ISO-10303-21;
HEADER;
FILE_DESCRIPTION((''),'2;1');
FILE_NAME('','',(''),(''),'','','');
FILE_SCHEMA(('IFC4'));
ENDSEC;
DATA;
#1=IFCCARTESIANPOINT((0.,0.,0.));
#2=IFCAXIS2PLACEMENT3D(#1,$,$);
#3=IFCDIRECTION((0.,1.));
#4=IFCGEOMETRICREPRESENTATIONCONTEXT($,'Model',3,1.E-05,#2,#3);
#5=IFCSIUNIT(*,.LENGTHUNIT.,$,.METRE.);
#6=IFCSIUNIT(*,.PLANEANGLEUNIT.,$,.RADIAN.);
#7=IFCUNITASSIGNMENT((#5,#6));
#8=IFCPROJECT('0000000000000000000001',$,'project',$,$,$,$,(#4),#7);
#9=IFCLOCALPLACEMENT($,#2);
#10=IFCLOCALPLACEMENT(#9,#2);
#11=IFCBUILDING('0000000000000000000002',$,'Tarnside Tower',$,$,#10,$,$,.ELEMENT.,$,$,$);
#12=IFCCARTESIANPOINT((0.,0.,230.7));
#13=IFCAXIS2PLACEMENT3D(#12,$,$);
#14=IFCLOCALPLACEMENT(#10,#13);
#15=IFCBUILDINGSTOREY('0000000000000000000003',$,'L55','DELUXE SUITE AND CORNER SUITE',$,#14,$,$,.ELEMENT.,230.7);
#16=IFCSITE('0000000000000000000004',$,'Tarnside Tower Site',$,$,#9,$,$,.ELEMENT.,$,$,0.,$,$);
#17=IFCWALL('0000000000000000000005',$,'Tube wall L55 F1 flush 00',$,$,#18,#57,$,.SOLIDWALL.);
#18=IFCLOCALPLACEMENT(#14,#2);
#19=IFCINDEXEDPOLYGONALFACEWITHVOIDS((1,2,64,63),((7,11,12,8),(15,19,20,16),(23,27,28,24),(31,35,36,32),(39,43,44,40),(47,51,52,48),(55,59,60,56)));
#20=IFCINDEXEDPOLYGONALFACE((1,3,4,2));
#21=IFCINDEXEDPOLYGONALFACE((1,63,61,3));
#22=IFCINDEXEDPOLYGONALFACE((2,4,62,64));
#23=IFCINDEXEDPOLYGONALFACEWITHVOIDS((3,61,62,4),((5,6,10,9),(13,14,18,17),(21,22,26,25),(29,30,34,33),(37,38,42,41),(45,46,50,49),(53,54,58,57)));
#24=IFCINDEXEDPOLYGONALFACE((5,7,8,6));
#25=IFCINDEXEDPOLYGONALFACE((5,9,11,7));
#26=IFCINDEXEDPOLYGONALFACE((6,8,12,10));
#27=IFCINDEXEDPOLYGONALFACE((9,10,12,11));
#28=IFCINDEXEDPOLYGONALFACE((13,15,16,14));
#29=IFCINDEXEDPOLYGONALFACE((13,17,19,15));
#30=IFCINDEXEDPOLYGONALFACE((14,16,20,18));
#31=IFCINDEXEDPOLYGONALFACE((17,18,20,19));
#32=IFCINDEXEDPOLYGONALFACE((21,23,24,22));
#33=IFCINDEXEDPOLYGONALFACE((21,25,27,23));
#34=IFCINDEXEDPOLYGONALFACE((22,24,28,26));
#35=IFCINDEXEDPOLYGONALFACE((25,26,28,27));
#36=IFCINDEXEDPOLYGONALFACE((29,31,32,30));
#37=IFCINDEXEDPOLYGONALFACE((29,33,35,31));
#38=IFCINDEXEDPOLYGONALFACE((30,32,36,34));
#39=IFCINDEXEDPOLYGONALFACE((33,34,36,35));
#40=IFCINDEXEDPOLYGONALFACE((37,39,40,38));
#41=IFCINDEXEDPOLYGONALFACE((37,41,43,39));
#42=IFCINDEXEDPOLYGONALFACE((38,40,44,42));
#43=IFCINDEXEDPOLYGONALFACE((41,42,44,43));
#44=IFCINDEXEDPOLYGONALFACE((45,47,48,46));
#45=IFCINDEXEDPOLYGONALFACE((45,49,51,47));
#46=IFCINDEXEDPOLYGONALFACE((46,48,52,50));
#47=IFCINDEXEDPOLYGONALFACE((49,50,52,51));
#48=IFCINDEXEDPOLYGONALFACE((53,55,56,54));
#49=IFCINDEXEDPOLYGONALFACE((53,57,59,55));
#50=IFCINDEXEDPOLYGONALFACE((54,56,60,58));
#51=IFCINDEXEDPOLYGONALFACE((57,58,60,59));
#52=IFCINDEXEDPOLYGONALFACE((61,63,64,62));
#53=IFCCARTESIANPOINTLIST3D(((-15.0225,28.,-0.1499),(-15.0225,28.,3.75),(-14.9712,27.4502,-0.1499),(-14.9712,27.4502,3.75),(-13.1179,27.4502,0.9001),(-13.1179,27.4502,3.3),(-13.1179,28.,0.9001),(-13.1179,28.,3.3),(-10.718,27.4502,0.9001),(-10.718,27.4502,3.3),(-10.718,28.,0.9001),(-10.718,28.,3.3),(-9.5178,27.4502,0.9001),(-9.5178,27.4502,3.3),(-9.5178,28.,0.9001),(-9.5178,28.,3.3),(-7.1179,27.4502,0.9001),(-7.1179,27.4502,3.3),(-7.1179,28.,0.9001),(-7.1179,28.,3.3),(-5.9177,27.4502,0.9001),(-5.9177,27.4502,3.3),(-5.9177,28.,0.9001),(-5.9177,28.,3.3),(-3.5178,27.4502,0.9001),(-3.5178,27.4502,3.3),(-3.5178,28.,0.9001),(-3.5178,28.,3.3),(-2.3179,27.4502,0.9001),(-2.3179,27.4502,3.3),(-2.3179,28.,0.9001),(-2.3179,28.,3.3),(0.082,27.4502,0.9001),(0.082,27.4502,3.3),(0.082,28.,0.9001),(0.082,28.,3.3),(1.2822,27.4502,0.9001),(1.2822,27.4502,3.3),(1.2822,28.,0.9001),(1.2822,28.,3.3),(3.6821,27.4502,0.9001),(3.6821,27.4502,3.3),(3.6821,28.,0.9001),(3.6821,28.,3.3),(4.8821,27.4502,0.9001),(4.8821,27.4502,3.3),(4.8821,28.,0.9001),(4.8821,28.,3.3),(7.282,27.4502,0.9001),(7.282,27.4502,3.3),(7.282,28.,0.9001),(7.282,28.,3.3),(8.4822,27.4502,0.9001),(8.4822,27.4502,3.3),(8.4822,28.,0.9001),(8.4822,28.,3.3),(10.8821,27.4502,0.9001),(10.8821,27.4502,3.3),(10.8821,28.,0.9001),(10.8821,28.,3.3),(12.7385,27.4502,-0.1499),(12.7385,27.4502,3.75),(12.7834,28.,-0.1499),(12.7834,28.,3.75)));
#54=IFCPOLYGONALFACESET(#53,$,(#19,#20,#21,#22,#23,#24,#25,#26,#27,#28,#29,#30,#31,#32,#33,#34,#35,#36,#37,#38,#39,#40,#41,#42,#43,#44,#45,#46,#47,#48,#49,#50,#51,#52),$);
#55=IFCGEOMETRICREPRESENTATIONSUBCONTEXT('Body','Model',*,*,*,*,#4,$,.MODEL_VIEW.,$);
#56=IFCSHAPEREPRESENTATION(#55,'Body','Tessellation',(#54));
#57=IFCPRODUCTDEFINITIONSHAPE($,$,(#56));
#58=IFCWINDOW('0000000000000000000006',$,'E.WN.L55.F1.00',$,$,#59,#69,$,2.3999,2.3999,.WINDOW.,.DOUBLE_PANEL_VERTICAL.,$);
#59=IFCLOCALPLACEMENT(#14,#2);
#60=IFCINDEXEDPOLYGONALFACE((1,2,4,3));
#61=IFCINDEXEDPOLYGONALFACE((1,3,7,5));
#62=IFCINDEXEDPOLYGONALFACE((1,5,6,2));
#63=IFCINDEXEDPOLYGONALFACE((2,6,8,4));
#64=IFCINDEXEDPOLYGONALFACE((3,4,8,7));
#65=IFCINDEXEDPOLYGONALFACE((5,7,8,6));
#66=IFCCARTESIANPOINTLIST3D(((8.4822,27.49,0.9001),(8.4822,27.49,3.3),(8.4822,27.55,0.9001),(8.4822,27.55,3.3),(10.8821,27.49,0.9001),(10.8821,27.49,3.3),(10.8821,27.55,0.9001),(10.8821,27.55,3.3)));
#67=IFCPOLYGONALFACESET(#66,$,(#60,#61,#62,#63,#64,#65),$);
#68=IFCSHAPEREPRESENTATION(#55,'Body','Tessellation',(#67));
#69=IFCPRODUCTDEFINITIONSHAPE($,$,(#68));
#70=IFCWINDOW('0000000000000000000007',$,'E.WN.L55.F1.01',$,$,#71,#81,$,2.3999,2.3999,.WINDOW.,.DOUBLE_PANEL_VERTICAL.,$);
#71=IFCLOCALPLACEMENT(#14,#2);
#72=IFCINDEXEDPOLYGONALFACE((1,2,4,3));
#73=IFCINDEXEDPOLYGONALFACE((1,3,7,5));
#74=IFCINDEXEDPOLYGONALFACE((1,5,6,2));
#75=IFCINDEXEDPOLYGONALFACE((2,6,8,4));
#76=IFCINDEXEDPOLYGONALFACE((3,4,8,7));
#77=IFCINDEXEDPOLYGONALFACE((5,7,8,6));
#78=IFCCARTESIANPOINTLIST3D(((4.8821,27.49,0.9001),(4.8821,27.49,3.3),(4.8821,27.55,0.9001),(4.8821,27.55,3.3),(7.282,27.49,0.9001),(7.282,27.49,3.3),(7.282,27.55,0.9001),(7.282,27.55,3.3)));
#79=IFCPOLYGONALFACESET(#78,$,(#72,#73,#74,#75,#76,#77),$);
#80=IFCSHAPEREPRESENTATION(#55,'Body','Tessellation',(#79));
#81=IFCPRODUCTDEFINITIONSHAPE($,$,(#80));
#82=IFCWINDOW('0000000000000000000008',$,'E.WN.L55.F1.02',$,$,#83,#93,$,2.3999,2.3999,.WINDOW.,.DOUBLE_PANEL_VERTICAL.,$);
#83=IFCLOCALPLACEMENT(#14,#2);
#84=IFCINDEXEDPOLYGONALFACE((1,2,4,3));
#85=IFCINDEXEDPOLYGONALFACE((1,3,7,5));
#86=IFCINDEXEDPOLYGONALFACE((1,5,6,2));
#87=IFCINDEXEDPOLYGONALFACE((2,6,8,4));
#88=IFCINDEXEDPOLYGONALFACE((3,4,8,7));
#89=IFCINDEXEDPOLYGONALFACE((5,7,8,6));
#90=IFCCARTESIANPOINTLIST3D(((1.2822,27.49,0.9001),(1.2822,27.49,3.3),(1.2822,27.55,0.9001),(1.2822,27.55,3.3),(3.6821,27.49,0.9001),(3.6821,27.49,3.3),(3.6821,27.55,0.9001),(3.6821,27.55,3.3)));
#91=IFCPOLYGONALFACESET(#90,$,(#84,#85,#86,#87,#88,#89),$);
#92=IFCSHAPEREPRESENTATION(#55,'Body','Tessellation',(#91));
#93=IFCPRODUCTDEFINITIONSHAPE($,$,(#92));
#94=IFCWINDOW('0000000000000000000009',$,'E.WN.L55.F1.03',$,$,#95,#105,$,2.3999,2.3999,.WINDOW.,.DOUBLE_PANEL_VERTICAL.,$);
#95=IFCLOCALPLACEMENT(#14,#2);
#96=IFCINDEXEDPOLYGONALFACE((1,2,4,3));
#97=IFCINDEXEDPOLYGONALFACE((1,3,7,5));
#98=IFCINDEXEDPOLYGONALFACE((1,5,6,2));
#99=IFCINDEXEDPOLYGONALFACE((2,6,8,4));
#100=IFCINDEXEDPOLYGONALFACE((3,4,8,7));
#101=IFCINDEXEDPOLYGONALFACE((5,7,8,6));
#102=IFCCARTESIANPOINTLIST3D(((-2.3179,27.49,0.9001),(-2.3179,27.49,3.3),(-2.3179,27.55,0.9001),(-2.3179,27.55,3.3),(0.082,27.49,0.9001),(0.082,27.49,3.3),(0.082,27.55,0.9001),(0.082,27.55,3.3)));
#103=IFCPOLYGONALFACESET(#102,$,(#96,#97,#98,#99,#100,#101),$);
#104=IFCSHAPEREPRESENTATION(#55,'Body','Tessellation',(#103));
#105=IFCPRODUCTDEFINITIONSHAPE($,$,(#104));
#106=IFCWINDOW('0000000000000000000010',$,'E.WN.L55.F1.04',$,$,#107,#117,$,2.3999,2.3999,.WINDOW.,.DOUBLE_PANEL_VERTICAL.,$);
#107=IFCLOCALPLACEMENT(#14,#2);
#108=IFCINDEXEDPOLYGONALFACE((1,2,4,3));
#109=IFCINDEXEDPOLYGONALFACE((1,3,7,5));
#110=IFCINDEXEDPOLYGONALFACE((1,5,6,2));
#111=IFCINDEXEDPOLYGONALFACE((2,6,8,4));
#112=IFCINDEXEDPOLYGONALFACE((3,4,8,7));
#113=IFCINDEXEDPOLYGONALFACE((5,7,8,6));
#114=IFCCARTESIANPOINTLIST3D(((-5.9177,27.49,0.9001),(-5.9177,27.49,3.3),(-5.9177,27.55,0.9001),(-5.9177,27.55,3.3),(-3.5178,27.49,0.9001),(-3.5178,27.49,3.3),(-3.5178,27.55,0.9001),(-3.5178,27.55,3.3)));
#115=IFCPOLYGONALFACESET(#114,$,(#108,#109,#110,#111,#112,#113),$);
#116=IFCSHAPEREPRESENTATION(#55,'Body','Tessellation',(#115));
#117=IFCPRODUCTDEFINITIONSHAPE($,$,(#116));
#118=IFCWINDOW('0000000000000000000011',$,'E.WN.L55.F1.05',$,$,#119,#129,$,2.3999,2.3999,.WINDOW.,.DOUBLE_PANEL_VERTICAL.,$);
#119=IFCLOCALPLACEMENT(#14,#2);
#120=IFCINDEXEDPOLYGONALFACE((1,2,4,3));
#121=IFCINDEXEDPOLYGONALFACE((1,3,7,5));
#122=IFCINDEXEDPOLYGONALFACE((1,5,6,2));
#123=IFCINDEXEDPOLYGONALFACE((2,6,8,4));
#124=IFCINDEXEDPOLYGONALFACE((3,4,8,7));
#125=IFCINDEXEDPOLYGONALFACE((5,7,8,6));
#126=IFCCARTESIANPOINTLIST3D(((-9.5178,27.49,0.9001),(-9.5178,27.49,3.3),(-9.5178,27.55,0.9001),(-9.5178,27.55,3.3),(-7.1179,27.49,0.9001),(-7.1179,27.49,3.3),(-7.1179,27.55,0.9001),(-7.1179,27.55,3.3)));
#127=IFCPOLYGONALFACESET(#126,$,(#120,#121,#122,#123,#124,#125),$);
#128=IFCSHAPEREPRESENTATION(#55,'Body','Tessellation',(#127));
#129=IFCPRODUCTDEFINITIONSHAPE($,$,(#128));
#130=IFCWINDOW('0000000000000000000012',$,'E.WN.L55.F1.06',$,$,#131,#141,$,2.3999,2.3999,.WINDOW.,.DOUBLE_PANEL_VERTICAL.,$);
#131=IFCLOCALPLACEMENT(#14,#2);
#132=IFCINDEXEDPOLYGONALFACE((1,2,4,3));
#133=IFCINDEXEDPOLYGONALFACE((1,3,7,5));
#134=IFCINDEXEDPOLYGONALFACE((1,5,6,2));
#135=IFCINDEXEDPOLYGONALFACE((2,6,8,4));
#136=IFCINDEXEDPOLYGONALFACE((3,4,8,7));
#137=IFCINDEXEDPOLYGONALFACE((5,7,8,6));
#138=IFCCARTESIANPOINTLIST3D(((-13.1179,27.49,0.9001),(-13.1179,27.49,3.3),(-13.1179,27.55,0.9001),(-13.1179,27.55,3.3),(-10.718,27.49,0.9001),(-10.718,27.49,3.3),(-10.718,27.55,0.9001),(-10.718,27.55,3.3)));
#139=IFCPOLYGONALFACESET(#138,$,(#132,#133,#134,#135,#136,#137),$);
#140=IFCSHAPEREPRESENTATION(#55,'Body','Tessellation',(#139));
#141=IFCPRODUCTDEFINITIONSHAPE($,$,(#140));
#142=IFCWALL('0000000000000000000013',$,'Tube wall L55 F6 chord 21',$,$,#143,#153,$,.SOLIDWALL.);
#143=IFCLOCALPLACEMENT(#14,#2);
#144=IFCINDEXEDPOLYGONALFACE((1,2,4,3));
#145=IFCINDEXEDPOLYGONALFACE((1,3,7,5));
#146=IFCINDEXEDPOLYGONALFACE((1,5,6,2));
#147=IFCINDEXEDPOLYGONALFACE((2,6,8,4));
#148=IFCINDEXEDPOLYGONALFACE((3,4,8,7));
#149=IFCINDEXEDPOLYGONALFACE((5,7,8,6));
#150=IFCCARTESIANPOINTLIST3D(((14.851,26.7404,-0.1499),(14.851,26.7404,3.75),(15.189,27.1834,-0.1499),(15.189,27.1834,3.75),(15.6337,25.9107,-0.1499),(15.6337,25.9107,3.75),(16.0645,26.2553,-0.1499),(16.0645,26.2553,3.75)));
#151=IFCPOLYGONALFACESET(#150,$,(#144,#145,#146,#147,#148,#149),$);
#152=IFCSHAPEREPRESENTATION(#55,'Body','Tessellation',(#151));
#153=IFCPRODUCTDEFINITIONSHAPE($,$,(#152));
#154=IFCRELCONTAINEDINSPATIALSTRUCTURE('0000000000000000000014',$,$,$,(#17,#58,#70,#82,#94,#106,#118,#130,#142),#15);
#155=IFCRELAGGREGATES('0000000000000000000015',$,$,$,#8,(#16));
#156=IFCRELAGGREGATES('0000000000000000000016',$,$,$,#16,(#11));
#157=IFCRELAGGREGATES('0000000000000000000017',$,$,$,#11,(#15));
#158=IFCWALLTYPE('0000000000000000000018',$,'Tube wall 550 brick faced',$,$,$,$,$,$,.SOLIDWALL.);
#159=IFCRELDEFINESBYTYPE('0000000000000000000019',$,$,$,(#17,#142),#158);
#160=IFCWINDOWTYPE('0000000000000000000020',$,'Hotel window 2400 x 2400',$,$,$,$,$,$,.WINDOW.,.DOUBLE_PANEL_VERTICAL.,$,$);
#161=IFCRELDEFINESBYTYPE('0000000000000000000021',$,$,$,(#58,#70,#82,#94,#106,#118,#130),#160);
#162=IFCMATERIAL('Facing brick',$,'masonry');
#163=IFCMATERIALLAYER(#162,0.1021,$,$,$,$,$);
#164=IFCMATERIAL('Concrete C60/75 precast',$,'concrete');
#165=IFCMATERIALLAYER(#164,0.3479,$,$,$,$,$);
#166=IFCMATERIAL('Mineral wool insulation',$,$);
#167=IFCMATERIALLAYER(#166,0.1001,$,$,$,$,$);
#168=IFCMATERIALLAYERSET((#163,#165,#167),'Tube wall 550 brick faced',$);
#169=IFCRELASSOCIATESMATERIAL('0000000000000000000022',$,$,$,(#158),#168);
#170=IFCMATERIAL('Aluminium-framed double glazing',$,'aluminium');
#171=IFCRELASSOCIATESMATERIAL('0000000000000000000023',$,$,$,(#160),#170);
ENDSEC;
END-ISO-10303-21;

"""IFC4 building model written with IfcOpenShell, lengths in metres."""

from ifc_helpers import new_model, si_unit, direction, frame, frame_2d, origin, place, context, subcontext, project, spatial, polyline, rectangle, outline, extrude, material, layer, layer_set, type_object, element, fill, save


model = new_model("IFC4")

# Units and contexts
model_context = context("Model", 3, precision=1e-05, world=origin(), true_north=direction((0.0, 1.0)))
body_context = subcontext(model_context, "Body", "Model", "MODEL_VIEW")
ifc_project = project(units=[si_unit("LENGTHUNIT", "METRE"), si_unit("PLANEANGLEUNIT", "RADIAN")], contexts=[model_context])

# Site, building, storey
site_placement = place(None, origin())
site = spatial("IfcSite", under=ifc_project, at=site_placement, Name="Tarnside Tower Site", CompositionType="ELEMENT", RefElevation=0.0)
building_placement = place(site_placement, origin())
building = spatial("IfcBuilding", under=site, at=building_placement, Name="Tarnside Tower", CompositionType="ELEMENT")
storey_placement = place(building_placement, frame((0.0, 0.0, 230.7)))
storey = spatial("IfcBuildingStorey", under=building, at=storey_placement, Name="L55", Description="DELUXE SUITE AND CORNER SUITE", CompositionType="ELEMENT", Elevation=230.7)

# Wall, openings, windows
ifc_material_1 = material(Name="Facing brick", Category="masonry")
ifc_layer_1 = layer(ifc_material_1, 0.1021)
ifc_material_2 = material(Name="Concrete C60/75 precast", Category="concrete")
ifc_layer_2 = layer(ifc_material_2, 0.3479)
ifc_material_3 = material(Name="Mineral wool insulation")
ifc_layer_3 = layer(ifc_material_3, 0.1001)
ifc_layer_set_1 = layer_set([ifc_layer_1, ifc_layer_2, ifc_layer_3], Name="Tube wall 550 brick faced")
wall_type_1 = type_object("IfcWallType", Name="Tube wall 550 brick faced", PredefinedType="SOLIDWALL", material=ifc_layer_set_1)
wall_1_placement = place(storey_placement, frame((12.761, 27.7251, -0.1499), z_axis=(0.0, 0.0, 1.0), x_axis=(-1.0, 0.0, 0.0)))
wall_1 = element("IfcWall", 1, at=wall_1_placement, inside=storey, type_object=wall_type_1, Name="Tube wall L55 F1 flush 00", PredefinedType="SOLIDWALL", context=body_context, shape_type="SweptSolid", body=[
    extrude(outline(polyline([(-0.0225, -0.2749), (27.7834, -0.2749), (27.7322, 0.2749), (0.0225, 0.2749), (-0.0225, -0.2749)])), origin(), (0.0, 0.0, 1.0), 3.8999),
])
opening_1_placement = place(wall_1_placement, frame((1.8789, 0.0, 1.05)))
opening_1 = element("IfcOpeningElement", 2, at=opening_1_placement, cuts=wall_1, PredefinedType="OPENING", context=body_context, shape_type="SweptSolid", body=[
    extrude(rectangle(XDim=2.3999, YDim=2.3999, at=frame_2d((1.2, 1.2))), frame((0.0, 0.2852, 0.0), z_axis=(0.0, -1.0, 0.0), x_axis=(1.0, 0.0, 0.0)), (0.0, 0.0, 1.0), 0.5701),
])
opening_2_placement = place(wall_1_placement, frame((5.479, 0.0, 1.05)))
opening_2 = element("IfcOpeningElement", 3, at=opening_2_placement, cuts=wall_1, PredefinedType="OPENING", context=body_context, shape_type="SweptSolid", body=[
    extrude(rectangle(XDim=2.3999, YDim=2.3999, at=frame_2d((1.2, 1.2))), frame((0.0, 0.2852, 0.0), z_axis=(0.0, -1.0, 0.0), x_axis=(1.0, 0.0, 0.0)), (0.0, 0.0, 1.0), 0.5701),
])
opening_3_placement = place(wall_1_placement, frame((9.0789, 0.0, 1.05)))
opening_3 = element("IfcOpeningElement", 4, at=opening_3_placement, cuts=wall_1, PredefinedType="OPENING", context=body_context, shape_type="SweptSolid", body=[
    extrude(rectangle(XDim=2.3999, YDim=2.3999, at=frame_2d((1.2, 1.2))), frame((0.0, 0.2852, 0.0), z_axis=(0.0, -1.0, 0.0), x_axis=(1.0, 0.0, 0.0)), (0.0, 0.0, 1.0), 0.5701),
])
opening_4_placement = place(wall_1_placement, frame((12.679, 0.0, 1.05)))
opening_4 = element("IfcOpeningElement", 5, at=opening_4_placement, cuts=wall_1, PredefinedType="OPENING", context=body_context, shape_type="SweptSolid", body=[
    extrude(rectangle(XDim=2.3999, YDim=2.3999, at=frame_2d((1.2, 1.2))), frame((0.0, 0.2852, 0.0), z_axis=(0.0, -1.0, 0.0), x_axis=(1.0, 0.0, 0.0)), (0.0, 0.0, 1.0), 0.5701),
])
opening_5_placement = place(wall_1_placement, frame((16.2788, 0.0, 1.05)))
opening_5 = element("IfcOpeningElement", 6, at=opening_5_placement, cuts=wall_1, PredefinedType="OPENING", context=body_context, shape_type="SweptSolid", body=[
    extrude(rectangle(XDim=2.3999, YDim=2.3999, at=frame_2d((1.2, 1.2))), frame((0.0, 0.2852, 0.0), z_axis=(0.0, -1.0, 0.0), x_axis=(1.0, 0.0, 0.0)), (0.0, 0.0, 1.0), 0.5701),
])
opening_6_placement = place(wall_1_placement, frame((19.8789, 0.0, 1.05)))
opening_6 = element("IfcOpeningElement", 7, at=opening_6_placement, cuts=wall_1, PredefinedType="OPENING", context=body_context, shape_type="SweptSolid", body=[
    extrude(rectangle(XDim=2.3999, YDim=2.3999, at=frame_2d((1.2, 1.2))), frame((0.0, 0.2852, 0.0), z_axis=(0.0, -1.0, 0.0), x_axis=(1.0, 0.0, 0.0)), (0.0, 0.0, 1.0), 0.5701),
])
opening_7_placement = place(wall_1_placement, frame((23.479, 0.0, 1.05)))
opening_7 = element("IfcOpeningElement", 8, at=opening_7_placement, cuts=wall_1, PredefinedType="OPENING", context=body_context, shape_type="SweptSolid", body=[
    extrude(rectangle(XDim=2.3999, YDim=2.3999, at=frame_2d((1.2, 1.2))), frame((0.0, 0.2852, 0.0), z_axis=(0.0, -1.0, 0.0), x_axis=(1.0, 0.0, 0.0)), (0.0, 0.0, 1.0), 0.5701),
])
ifc_material_4 = material(Name="Aluminium-framed double glazing", Category="aluminium")
window_type = type_object("IfcWindowType", Name="Hotel window 2400 x 2400", PartitioningType="DOUBLE_PANEL_VERTICAL", PredefinedType="WINDOW", material=ifc_material_4)
window_1_placement = place(opening_1_placement, frame((0.0, 0.2051, 0.0)))
window_1 = element("IfcWindow", 9, at=window_1_placement, inside=storey, type_object=window_type, Name="E.WN.L55.F1.00", OverallHeight=2.3999, OverallWidth=2.3999, PartitioningType="DOUBLE_PANEL_VERTICAL", PredefinedType="WINDOW", context=body_context, shape_type="SweptSolid", body=[
    extrude(rectangle(XDim=2.3999, YDim=2.3999, at=frame_2d((1.2, 1.2))), frame((0.0, 0.03, 0.0), z_axis=(0.0, -1.0, 0.0), x_axis=(1.0, 0.0, 0.0)), (0.0, 0.0, 1.0), 0.0601),
])
fill(opening_1, window_1)
window_2_placement = place(opening_2_placement, frame((0.0, 0.2051, 0.0)))
window_2 = element("IfcWindow", 10, at=window_2_placement, inside=storey, type_object=window_type, Name="E.WN.L55.F1.01", OverallHeight=2.3999, OverallWidth=2.3999, PartitioningType="DOUBLE_PANEL_VERTICAL", PredefinedType="WINDOW", context=body_context, shape_type="SweptSolid", body=[
    extrude(rectangle(XDim=2.3999, YDim=2.3999, at=frame_2d((1.2, 1.2))), frame((0.0, 0.03, 0.0), z_axis=(0.0, -1.0, 0.0), x_axis=(1.0, 0.0, 0.0)), (0.0, 0.0, 1.0), 0.0601),
])
fill(opening_2, window_2)
window_3_placement = place(opening_3_placement, frame((0.0, 0.2051, 0.0)))
window_3 = element("IfcWindow", 11, at=window_3_placement, inside=storey, type_object=window_type, Name="E.WN.L55.F1.02", OverallHeight=2.3999, OverallWidth=2.3999, PartitioningType="DOUBLE_PANEL_VERTICAL", PredefinedType="WINDOW", context=body_context, shape_type="SweptSolid", body=[
    extrude(rectangle(XDim=2.3999, YDim=2.3999, at=frame_2d((1.2, 1.2))), frame((0.0, 0.03, 0.0), z_axis=(0.0, -1.0, 0.0), x_axis=(1.0, 0.0, 0.0)), (0.0, 0.0, 1.0), 0.0601),
])
fill(opening_3, window_3)
window_4_placement = place(opening_4_placement, frame((0.0, 0.2051, 0.0)))
window_4 = element("IfcWindow", 12, at=window_4_placement, inside=storey, type_object=window_type, Name="E.WN.L55.F1.03", OverallHeight=2.3999, OverallWidth=2.3999, PartitioningType="DOUBLE_PANEL_VERTICAL", PredefinedType="WINDOW", context=body_context, shape_type="SweptSolid", body=[
    extrude(rectangle(XDim=2.3999, YDim=2.3999, at=frame_2d((1.2, 1.2))), frame((0.0, 0.03, 0.0), z_axis=(0.0, -1.0, 0.0), x_axis=(1.0, 0.0, 0.0)), (0.0, 0.0, 1.0), 0.0601),
])
fill(opening_4, window_4)
window_5_placement = place(opening_5_placement, frame((0.0, 0.2051, 0.0)))
window_5 = element("IfcWindow", 13, at=window_5_placement, inside=storey, type_object=window_type, Name="E.WN.L55.F1.04", OverallHeight=2.3999, OverallWidth=2.3999, PartitioningType="DOUBLE_PANEL_VERTICAL", PredefinedType="WINDOW", context=body_context, shape_type="SweptSolid", body=[
    extrude(rectangle(XDim=2.3999, YDim=2.3999, at=frame_2d((1.2, 1.2))), frame((0.0, 0.03, 0.0), z_axis=(0.0, -1.0, 0.0), x_axis=(1.0, 0.0, 0.0)), (0.0, 0.0, 1.0), 0.0601),
])
fill(opening_5, window_5)
window_6_placement = place(opening_6_placement, frame((0.0, 0.2051, 0.0)))
window_6 = element("IfcWindow", 14, at=window_6_placement, inside=storey, type_object=window_type, Name="E.WN.L55.F1.05", OverallHeight=2.3999, OverallWidth=2.3999, PartitioningType="DOUBLE_PANEL_VERTICAL", PredefinedType="WINDOW", context=body_context, shape_type="SweptSolid", body=[
    extrude(rectangle(XDim=2.3999, YDim=2.3999, at=frame_2d((1.2, 1.2))), frame((0.0, 0.03, 0.0), z_axis=(0.0, -1.0, 0.0), x_axis=(1.0, 0.0, 0.0)), (0.0, 0.0, 1.0), 0.0601),
])
fill(opening_6, window_6)
window_7_placement = place(opening_7_placement, frame((0.0, 0.2051, 0.0)))
window_7 = element("IfcWindow", 15, at=window_7_placement, inside=storey, type_object=window_type, Name="E.WN.L55.F1.06", OverallHeight=2.3999, OverallWidth=2.3999, PartitioningType="DOUBLE_PANEL_VERTICAL", PredefinedType="WINDOW", context=body_context, shape_type="SweptSolid", body=[
    extrude(rectangle(XDim=2.3999, YDim=2.3999, at=frame_2d((1.2, 1.2))), frame((0.0, 0.03, 0.0), z_axis=(0.0, -1.0, 0.0), x_axis=(1.0, 0.0, 0.0)), (0.0, 0.0, 1.0), 0.0601),
])
fill(opening_7, window_7)

# Wall
wall_2_placement = place(storey_placement, frame((15.8491, 26.083, -0.1499), z_axis=(0.0, 0.0, 1.0), x_axis=(-0.686196, 0.727416, 0.0)))
element("IfcWall", 16, at=wall_2_placement, inside=storey, type_object=wall_type_1, Name="Tube wall L55 F6 chord 21", PredefinedType="SOLIDWALL", context=body_context, shape_type="SweptSolid", body=[
    extrude(outline(polyline([(-0.0225, -0.2749), (1.2534, -0.2749), (1.1631, 0.2749), (0.0225, 0.2749), (-0.0225, -0.2749)])), origin(), (0.0, 0.0, 1.0), 3.8999),
])

save(model, "model.ifc")
